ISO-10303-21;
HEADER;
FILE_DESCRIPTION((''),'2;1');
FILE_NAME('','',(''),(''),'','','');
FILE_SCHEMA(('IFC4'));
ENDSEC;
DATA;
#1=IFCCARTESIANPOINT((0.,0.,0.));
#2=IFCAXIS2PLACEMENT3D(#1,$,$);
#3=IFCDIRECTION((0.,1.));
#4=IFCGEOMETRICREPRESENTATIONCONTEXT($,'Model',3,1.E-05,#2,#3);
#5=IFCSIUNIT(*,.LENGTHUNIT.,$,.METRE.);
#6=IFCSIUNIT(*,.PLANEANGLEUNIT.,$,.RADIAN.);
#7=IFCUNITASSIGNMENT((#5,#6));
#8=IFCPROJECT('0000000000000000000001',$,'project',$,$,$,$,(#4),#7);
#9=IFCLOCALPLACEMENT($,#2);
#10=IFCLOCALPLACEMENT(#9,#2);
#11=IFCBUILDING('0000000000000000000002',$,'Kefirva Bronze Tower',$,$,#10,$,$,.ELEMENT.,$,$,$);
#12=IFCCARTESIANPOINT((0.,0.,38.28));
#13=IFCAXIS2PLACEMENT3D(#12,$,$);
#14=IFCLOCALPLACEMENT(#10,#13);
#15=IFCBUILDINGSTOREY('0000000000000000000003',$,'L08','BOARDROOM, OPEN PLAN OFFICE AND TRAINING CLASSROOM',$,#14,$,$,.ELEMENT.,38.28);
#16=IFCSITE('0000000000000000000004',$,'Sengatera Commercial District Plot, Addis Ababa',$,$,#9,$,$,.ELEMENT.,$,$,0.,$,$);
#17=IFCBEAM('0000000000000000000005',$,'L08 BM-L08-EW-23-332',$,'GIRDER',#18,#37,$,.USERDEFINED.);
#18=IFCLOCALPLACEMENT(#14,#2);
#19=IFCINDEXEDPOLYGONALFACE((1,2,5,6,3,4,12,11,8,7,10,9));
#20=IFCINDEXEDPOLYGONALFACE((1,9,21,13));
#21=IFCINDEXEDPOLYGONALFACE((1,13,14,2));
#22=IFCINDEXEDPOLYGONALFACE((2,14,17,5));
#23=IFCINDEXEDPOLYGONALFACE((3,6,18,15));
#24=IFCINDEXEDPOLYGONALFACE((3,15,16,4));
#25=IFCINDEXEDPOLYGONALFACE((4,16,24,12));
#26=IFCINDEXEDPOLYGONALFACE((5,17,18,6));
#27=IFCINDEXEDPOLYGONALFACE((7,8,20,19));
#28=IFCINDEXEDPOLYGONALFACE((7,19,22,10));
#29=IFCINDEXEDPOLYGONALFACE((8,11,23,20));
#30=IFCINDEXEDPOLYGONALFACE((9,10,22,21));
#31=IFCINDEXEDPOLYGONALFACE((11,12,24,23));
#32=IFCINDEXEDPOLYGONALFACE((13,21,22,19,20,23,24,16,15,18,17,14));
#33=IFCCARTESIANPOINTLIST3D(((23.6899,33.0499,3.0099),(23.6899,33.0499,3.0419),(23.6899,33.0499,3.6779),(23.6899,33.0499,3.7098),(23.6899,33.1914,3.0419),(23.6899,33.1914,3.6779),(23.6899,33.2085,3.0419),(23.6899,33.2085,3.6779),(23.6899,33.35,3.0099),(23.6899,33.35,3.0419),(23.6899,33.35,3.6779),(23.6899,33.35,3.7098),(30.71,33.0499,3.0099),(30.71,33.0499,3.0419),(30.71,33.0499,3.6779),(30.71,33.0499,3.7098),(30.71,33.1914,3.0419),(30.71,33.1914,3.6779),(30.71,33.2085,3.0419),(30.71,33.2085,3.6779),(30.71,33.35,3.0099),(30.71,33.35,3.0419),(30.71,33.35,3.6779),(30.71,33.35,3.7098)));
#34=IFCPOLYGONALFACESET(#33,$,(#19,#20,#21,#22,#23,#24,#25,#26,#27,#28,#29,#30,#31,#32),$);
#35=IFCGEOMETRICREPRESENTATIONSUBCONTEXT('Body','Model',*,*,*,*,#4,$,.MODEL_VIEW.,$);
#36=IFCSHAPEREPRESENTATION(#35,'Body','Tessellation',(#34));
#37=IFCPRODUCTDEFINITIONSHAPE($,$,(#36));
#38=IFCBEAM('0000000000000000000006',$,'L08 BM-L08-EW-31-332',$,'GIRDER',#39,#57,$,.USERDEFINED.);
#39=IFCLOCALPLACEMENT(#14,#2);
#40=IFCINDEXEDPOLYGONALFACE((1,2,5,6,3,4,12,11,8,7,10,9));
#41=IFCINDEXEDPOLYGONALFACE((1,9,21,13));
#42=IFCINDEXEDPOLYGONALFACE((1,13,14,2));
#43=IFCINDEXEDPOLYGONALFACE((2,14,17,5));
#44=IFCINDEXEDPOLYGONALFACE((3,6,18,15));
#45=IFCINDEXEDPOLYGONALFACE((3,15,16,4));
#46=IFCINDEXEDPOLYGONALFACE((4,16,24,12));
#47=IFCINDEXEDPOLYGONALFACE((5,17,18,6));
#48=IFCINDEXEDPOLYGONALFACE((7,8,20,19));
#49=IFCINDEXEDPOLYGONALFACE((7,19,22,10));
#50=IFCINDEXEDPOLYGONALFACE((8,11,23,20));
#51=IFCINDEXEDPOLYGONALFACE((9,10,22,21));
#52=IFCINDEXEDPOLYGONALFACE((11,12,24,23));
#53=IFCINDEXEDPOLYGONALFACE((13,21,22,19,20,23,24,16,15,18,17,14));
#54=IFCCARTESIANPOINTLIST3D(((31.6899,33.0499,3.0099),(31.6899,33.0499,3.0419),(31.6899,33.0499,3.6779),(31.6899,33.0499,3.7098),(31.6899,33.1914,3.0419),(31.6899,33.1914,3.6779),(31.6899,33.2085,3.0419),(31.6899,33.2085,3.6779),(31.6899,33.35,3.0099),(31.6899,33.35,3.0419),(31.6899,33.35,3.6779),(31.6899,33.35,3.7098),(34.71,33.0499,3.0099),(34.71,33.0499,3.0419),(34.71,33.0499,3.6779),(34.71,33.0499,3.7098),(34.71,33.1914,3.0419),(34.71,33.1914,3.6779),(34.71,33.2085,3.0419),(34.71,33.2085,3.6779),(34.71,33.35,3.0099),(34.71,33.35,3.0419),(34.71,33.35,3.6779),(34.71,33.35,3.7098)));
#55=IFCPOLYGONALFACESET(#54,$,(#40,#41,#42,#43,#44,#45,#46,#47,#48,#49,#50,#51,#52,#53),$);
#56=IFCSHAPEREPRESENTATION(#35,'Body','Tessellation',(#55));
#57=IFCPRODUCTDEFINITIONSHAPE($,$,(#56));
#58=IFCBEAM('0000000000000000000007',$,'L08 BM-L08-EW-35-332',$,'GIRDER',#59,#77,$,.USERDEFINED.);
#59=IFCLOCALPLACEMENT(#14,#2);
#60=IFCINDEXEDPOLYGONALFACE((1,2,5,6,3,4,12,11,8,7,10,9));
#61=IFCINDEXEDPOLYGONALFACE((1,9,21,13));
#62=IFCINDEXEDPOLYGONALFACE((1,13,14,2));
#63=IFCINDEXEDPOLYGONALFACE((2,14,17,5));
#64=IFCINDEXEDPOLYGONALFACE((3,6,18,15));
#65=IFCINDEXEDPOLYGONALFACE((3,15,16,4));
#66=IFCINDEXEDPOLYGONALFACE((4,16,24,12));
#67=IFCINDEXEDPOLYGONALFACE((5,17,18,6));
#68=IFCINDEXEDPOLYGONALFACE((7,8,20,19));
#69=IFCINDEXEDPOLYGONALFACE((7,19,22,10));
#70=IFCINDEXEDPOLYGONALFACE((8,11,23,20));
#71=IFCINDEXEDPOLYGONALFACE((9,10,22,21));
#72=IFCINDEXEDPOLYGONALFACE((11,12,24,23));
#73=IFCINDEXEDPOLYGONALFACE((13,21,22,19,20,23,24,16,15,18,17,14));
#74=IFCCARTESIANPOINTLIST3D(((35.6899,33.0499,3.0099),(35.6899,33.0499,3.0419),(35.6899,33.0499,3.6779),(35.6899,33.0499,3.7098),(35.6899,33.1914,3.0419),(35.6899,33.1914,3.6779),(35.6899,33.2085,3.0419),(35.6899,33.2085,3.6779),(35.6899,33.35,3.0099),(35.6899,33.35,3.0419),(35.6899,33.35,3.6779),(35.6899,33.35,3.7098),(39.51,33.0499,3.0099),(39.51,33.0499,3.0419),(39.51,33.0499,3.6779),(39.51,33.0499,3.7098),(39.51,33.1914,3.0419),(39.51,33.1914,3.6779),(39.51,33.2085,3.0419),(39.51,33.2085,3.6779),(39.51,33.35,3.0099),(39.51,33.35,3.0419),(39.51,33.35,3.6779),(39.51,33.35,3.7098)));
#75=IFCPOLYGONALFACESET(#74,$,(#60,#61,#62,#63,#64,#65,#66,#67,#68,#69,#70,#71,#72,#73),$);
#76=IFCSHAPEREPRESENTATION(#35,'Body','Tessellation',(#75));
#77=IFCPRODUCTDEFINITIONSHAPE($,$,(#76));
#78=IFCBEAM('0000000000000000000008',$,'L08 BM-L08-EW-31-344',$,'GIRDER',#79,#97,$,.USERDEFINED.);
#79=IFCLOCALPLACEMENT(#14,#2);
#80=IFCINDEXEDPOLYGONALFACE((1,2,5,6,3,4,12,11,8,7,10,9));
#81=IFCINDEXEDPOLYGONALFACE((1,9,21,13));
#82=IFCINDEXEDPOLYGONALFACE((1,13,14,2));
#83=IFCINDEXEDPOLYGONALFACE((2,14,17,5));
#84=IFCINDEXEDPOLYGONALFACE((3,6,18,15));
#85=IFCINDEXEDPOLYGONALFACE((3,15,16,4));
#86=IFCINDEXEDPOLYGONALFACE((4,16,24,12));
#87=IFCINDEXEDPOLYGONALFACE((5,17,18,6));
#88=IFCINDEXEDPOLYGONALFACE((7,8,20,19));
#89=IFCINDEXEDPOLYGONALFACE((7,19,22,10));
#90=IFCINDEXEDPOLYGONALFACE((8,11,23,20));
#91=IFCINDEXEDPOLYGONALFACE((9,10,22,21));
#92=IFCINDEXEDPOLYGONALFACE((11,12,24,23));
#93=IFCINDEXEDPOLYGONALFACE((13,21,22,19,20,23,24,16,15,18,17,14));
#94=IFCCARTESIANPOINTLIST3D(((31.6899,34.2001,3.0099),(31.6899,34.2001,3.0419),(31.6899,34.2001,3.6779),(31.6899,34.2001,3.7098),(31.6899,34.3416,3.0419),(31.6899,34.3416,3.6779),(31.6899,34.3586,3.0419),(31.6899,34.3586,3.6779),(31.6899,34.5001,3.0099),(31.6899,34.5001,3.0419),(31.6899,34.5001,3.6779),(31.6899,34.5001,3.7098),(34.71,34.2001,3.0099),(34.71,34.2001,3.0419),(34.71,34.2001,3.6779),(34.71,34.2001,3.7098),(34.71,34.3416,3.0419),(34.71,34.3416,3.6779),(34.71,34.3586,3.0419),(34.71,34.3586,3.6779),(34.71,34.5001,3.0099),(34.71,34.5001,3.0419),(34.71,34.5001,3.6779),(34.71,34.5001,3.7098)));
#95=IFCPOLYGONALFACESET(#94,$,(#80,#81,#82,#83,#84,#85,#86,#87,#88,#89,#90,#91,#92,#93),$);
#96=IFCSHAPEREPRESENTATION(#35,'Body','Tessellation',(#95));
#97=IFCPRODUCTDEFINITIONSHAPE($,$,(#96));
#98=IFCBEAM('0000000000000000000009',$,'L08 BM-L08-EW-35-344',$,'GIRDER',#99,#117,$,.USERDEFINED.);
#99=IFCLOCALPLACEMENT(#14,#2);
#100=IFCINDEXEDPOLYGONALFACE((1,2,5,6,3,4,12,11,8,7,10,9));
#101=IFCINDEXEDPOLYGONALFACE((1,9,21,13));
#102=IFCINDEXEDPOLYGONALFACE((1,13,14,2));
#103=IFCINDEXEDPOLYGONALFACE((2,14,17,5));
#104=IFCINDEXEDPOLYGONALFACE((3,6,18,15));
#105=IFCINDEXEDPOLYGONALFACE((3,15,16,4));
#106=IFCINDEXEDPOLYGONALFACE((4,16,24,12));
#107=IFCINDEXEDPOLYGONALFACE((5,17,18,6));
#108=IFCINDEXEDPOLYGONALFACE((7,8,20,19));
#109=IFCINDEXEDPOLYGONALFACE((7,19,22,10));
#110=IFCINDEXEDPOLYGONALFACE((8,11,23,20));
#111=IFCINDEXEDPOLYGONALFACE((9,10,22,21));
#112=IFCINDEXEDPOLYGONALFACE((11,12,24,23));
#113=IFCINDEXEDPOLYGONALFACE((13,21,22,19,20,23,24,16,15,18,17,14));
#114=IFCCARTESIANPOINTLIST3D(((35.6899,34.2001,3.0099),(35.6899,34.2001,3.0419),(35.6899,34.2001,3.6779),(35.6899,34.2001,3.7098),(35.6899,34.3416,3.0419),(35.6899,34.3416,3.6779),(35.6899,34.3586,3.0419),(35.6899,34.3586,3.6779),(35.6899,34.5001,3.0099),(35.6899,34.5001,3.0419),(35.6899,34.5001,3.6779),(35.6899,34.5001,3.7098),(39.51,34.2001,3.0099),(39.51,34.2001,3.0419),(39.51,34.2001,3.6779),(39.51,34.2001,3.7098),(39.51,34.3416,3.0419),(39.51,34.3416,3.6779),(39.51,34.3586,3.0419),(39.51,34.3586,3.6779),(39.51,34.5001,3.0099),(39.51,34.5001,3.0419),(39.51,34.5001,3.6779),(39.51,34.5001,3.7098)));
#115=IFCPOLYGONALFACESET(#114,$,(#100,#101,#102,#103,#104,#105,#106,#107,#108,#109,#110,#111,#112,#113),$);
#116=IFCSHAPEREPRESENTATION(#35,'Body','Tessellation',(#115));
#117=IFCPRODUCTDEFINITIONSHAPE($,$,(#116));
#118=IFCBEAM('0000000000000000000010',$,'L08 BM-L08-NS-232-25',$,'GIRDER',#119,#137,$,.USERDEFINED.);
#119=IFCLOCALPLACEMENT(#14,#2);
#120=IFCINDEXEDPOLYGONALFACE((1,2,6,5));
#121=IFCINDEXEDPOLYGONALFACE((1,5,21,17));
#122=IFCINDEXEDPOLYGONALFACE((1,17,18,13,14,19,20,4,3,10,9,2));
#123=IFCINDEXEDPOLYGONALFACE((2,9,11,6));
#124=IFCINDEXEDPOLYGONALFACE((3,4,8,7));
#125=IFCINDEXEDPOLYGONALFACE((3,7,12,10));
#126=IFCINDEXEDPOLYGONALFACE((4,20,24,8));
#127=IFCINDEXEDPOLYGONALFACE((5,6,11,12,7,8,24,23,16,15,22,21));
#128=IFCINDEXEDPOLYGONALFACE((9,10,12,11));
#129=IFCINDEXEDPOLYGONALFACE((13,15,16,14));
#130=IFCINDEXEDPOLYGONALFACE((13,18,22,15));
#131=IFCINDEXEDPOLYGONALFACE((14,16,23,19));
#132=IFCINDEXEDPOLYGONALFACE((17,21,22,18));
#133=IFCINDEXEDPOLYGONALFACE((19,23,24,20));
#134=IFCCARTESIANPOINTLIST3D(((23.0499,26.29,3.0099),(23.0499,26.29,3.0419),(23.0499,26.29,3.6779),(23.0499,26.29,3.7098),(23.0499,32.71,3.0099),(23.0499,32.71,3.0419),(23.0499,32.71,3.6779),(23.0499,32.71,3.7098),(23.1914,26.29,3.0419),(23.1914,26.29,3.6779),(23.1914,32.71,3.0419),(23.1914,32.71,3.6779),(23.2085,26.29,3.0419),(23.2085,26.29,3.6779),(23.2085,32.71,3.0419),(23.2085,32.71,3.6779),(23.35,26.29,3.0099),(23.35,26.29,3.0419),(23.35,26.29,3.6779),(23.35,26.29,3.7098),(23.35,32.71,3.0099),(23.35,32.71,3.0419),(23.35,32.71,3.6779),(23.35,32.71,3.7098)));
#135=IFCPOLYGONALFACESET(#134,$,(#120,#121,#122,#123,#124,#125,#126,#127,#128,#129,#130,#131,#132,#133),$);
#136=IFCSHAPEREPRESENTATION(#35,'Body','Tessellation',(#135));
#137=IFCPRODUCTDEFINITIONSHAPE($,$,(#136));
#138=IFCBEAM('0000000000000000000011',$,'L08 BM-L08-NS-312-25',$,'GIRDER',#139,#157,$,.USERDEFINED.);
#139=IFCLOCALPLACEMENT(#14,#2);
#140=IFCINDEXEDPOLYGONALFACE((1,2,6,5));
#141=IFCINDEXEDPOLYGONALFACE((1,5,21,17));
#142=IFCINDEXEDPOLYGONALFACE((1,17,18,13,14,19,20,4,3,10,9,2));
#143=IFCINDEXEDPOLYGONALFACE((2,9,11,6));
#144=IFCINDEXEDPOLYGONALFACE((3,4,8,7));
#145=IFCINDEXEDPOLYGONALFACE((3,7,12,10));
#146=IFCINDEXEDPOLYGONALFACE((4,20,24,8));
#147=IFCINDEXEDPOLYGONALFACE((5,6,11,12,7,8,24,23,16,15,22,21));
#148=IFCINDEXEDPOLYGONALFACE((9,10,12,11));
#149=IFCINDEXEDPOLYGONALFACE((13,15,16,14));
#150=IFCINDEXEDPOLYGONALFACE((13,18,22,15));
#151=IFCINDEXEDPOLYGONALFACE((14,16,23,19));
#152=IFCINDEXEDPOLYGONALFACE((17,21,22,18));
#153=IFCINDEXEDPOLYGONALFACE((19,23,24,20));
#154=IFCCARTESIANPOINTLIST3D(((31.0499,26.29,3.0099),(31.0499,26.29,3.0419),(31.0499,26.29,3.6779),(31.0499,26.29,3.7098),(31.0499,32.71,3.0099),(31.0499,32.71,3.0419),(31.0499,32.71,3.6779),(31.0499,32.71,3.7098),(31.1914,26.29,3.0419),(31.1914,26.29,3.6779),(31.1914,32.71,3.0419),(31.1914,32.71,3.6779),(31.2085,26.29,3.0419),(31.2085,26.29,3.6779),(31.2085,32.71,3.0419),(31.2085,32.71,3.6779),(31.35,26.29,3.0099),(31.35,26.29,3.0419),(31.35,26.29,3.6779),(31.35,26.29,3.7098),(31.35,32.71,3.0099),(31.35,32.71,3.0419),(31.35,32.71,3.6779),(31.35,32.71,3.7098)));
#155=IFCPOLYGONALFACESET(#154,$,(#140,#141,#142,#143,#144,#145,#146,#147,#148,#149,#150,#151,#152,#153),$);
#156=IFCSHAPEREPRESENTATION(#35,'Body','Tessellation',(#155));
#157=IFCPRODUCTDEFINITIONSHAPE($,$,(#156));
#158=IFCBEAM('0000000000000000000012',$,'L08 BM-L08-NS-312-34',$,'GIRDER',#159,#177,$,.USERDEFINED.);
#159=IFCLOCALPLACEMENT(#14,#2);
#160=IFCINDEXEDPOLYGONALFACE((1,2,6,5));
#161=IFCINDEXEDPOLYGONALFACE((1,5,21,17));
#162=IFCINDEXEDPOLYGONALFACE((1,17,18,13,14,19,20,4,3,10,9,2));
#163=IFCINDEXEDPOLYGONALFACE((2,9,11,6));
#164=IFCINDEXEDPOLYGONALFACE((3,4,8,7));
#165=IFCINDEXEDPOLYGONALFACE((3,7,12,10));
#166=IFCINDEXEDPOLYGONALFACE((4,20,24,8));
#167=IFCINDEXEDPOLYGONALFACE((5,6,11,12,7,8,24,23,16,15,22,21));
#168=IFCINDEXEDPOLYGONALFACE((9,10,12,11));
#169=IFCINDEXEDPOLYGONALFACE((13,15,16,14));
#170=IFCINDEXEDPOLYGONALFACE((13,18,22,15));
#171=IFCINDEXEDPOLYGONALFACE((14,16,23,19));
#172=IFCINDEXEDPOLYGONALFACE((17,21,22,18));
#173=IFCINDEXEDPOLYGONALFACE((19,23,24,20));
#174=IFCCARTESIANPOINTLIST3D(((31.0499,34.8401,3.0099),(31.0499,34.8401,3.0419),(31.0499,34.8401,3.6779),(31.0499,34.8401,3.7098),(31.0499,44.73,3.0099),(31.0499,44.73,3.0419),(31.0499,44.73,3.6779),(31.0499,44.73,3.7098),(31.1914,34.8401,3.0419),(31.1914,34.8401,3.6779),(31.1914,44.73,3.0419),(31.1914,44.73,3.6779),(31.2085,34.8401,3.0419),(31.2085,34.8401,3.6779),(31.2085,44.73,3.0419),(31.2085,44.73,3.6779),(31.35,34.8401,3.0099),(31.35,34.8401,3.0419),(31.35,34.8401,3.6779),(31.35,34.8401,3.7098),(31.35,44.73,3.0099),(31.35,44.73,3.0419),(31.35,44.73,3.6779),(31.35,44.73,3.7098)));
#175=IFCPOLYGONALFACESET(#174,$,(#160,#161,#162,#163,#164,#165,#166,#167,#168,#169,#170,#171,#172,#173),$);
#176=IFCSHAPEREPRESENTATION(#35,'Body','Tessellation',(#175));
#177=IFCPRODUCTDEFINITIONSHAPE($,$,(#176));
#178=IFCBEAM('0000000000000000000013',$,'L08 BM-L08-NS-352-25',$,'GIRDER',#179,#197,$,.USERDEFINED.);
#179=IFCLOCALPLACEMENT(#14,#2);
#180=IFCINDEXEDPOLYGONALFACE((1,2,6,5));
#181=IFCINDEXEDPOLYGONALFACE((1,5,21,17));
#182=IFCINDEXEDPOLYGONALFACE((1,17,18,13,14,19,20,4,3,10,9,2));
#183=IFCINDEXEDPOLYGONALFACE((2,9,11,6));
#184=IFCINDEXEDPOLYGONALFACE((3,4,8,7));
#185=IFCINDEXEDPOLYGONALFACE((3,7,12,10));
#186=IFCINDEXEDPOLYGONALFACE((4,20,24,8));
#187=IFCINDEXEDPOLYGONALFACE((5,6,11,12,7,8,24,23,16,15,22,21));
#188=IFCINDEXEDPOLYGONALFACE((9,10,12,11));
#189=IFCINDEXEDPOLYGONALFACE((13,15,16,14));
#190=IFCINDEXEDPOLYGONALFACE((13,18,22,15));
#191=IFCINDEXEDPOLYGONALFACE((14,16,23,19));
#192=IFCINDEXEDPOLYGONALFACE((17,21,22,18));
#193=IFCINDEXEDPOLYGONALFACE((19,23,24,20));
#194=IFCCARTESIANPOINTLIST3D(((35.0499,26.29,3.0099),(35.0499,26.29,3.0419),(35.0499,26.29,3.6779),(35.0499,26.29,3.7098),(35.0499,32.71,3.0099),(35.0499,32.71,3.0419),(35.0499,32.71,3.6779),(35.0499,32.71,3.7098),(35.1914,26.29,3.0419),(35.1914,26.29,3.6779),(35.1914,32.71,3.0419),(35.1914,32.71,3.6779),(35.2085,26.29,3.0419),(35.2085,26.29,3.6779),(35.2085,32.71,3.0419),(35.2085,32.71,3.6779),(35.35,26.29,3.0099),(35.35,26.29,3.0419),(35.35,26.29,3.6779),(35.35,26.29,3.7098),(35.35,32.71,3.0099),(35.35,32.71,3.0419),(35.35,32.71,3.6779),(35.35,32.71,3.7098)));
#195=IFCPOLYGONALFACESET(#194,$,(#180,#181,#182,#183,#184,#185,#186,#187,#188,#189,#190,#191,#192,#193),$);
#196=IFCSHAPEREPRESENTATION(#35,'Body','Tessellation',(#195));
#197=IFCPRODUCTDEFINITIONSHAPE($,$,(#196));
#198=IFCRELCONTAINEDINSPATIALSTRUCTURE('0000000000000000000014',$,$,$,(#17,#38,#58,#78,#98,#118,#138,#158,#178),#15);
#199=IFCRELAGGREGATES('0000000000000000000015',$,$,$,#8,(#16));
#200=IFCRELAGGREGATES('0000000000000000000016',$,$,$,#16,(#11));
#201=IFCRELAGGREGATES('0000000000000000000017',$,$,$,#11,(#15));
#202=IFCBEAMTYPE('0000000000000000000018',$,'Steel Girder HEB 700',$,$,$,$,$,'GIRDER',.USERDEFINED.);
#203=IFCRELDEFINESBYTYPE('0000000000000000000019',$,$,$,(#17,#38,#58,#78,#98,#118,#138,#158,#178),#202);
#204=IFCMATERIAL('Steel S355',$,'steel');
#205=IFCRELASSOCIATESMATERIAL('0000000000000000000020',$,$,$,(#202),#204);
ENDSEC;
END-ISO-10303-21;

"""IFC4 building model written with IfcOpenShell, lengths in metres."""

from ifc_helpers import new_model, si_unit, direction, frame, origin, origin_2d, place, context, subcontext, project, spatial, i_section, extrude, material, material_profile, profile_set, type_object, element, save


model = new_model("IFC4")

# Units and contexts
model_context = context("Model", 3, precision=1e-05, world=origin(), true_north=direction((0.0, 1.0)))
body_context = subcontext(model_context, "Body", "Model", "MODEL_VIEW")
ifc_project = project(units=[si_unit("LENGTHUNIT", "METRE"), si_unit("PLANEANGLEUNIT", "RADIAN")], contexts=[model_context])

# Site, building, storey
site_placement = place(None, origin())
site = spatial("IfcSite", under=ifc_project, at=site_placement, Name="Sengatera Commercial District Plot, Addis Ababa", CompositionType="ELEMENT", RefElevation=0.0)
building_placement = place(site_placement, origin())
building = spatial("IfcBuilding", under=site, at=building_placement, Name="Kefirva Bronze Tower", CompositionType="ELEMENT")
storey_placement = place(building_placement, frame((0.0, 0.0, 38.28)))
storey = spatial("IfcBuildingStorey", under=building, at=storey_placement, Name="L08", Description="BOARDROOM, OPEN PLAN OFFICE AND TRAINING CLASSROOM", CompositionType="ELEMENT", Elevation=38.28)

# Beams
ifc_material_1 = material(Name="Steel S355", Category="steel")
ifc_material_profile_1 = material_profile(ifc_material_1, i_section(OverallWidth=0.3, OverallDepth=0.7, WebThickness=0.0171, FlangeThickness=0.032, at=origin_2d()), Name="HEB 700")
ifc_profile_set_1 = profile_set([ifc_material_profile_1], Name="Steel S355")
beam_type_1 = type_object("IfcBeamType", Name="Steel Girder HEB 700", ElementType="GIRDER", PredefinedType="USERDEFINED", material=ifc_profile_set_1)
beam_1_placement = place(storey_placement, frame((23.6899, 33.2, 3.3599), z_axis=(1.0, 0.0, 0.0), x_axis=(0.0, 1.0, 0.0)))
element("IfcBeam", 1, at=beam_1_placement, inside=storey, type_object=beam_type_1, Name="L08 BM-L08-EW-23-332", ObjectType="GIRDER", PredefinedType="USERDEFINED", context=body_context, shape_type="SweptSolid", body=[
    extrude(i_section(OverallWidth=0.3, OverallDepth=0.7, WebThickness=0.0171, FlangeThickness=0.032, at=origin_2d()), origin(), (0.0, 0.0, 1.0), 7.02),
])
beam_2_placement = place(storey_placement, frame((31.6899, 33.2, 3.3599), z_axis=(1.0, 0.0, 0.0), x_axis=(0.0, 1.0, 0.0)))
element("IfcBeam", 2, at=beam_2_placement, inside=storey, type_object=beam_type_1, Name="L08 BM-L08-EW-31-332", ObjectType="GIRDER", PredefinedType="USERDEFINED", context=body_context, shape_type="SweptSolid", body=[
    extrude(i_section(OverallWidth=0.3, OverallDepth=0.7, WebThickness=0.0171, FlangeThickness=0.032, at=origin_2d()), origin(), (0.0, 0.0, 1.0), 3.02),
])
beam_3_placement = place(storey_placement, frame((35.6899, 33.2, 3.3599), z_axis=(1.0, 0.0, 0.0), x_axis=(0.0, 1.0, 0.0)))
element("IfcBeam", 3, at=beam_3_placement, inside=storey, type_object=beam_type_1, Name="L08 BM-L08-EW-35-332", ObjectType="GIRDER", PredefinedType="USERDEFINED", context=body_context, shape_type="SweptSolid", body=[
    extrude(i_section(OverallWidth=0.3, OverallDepth=0.7, WebThickness=0.0171, FlangeThickness=0.032, at=origin_2d()), origin(), (0.0, 0.0, 1.0), 3.8201),
])
beam_4_placement = place(storey_placement, frame((31.6899, 34.3501, 3.3599), z_axis=(1.0, 0.0, 0.0), x_axis=(0.0, 1.0, 0.0)))
element("IfcBeam", 4, at=beam_4_placement, inside=storey, type_object=beam_type_1, Name="L08 BM-L08-EW-31-344", ObjectType="GIRDER", PredefinedType="USERDEFINED", context=body_context, shape_type="SweptSolid", body=[
    extrude(i_section(OverallWidth=0.3, OverallDepth=0.7, WebThickness=0.0171, FlangeThickness=0.032, at=origin_2d()), origin(), (0.0, 0.0, 1.0), 3.02),
])
beam_5_placement = place(storey_placement, frame((35.6899, 34.3501, 3.3599), z_axis=(1.0, 0.0, 0.0), x_axis=(0.0, 1.0, 0.0)))
element("IfcBeam", 5, at=beam_5_placement, inside=storey, type_object=beam_type_1, Name="L08 BM-L08-EW-35-344", ObjectType="GIRDER", PredefinedType="USERDEFINED", context=body_context, shape_type="SweptSolid", body=[
    extrude(i_section(OverallWidth=0.3, OverallDepth=0.7, WebThickness=0.0171, FlangeThickness=0.032, at=origin_2d()), origin(), (0.0, 0.0, 1.0), 3.8201),
])
for number, where, z_axis, x_axis, name in (
    (6, (23.2, 26.29, 3.3599), (0.0, 1.0, 0.0), (-1.0, 0.0, 0.0), "L08 BM-L08-NS-232-25"),
    (7, (31.2, 26.29, 3.3599), (0.0, 1.0, 0.0), (-1.0, 0.0, 0.0), "L08 BM-L08-NS-312-25"),
):
    element("IfcBeam", number, at=place(storey_placement, frame(where, z_axis=z_axis, x_axis=x_axis)), inside=storey, type_object=beam_type_1, Name=name, ObjectType="GIRDER", PredefinedType="USERDEFINED", context=body_context, shape_type="SweptSolid", body=[
        extrude(i_section(OverallWidth=0.3, OverallDepth=0.7, WebThickness=0.0171, FlangeThickness=0.032, at=origin_2d()), origin(), (0.0, 0.0, 1.0), 6.4199),
    ])
beam_6_placement = place(storey_placement, frame((31.2, 34.8401, 3.3599), z_axis=(0.0, 1.0, 0.0), x_axis=(-1.0, 0.0, 0.0)))
element("IfcBeam", 8, at=beam_6_placement, inside=storey, type_object=beam_type_1, Name="L08 BM-L08-NS-312-34", ObjectType="GIRDER", PredefinedType="USERDEFINED", context=body_context, shape_type="SweptSolid", body=[
    extrude(i_section(OverallWidth=0.3, OverallDepth=0.7, WebThickness=0.0171, FlangeThickness=0.032, at=origin_2d()), origin(), (0.0, 0.0, 1.0), 9.8899),
])
beam_7_placement = place(storey_placement, frame((35.2, 26.29, 3.3599), z_axis=(0.0, 1.0, 0.0), x_axis=(-1.0, 0.0, 0.0)))
element("IfcBeam", 9, at=beam_7_placement, inside=storey, type_object=beam_type_1, Name="L08 BM-L08-NS-352-25", ObjectType="GIRDER", PredefinedType="USERDEFINED", context=body_context, shape_type="SweptSolid", body=[
    extrude(i_section(OverallWidth=0.3, OverallDepth=0.7, WebThickness=0.0171, FlangeThickness=0.032, at=origin_2d()), origin(), (0.0, 0.0, 1.0), 6.4199),
])

save(model, "model.ifc")
